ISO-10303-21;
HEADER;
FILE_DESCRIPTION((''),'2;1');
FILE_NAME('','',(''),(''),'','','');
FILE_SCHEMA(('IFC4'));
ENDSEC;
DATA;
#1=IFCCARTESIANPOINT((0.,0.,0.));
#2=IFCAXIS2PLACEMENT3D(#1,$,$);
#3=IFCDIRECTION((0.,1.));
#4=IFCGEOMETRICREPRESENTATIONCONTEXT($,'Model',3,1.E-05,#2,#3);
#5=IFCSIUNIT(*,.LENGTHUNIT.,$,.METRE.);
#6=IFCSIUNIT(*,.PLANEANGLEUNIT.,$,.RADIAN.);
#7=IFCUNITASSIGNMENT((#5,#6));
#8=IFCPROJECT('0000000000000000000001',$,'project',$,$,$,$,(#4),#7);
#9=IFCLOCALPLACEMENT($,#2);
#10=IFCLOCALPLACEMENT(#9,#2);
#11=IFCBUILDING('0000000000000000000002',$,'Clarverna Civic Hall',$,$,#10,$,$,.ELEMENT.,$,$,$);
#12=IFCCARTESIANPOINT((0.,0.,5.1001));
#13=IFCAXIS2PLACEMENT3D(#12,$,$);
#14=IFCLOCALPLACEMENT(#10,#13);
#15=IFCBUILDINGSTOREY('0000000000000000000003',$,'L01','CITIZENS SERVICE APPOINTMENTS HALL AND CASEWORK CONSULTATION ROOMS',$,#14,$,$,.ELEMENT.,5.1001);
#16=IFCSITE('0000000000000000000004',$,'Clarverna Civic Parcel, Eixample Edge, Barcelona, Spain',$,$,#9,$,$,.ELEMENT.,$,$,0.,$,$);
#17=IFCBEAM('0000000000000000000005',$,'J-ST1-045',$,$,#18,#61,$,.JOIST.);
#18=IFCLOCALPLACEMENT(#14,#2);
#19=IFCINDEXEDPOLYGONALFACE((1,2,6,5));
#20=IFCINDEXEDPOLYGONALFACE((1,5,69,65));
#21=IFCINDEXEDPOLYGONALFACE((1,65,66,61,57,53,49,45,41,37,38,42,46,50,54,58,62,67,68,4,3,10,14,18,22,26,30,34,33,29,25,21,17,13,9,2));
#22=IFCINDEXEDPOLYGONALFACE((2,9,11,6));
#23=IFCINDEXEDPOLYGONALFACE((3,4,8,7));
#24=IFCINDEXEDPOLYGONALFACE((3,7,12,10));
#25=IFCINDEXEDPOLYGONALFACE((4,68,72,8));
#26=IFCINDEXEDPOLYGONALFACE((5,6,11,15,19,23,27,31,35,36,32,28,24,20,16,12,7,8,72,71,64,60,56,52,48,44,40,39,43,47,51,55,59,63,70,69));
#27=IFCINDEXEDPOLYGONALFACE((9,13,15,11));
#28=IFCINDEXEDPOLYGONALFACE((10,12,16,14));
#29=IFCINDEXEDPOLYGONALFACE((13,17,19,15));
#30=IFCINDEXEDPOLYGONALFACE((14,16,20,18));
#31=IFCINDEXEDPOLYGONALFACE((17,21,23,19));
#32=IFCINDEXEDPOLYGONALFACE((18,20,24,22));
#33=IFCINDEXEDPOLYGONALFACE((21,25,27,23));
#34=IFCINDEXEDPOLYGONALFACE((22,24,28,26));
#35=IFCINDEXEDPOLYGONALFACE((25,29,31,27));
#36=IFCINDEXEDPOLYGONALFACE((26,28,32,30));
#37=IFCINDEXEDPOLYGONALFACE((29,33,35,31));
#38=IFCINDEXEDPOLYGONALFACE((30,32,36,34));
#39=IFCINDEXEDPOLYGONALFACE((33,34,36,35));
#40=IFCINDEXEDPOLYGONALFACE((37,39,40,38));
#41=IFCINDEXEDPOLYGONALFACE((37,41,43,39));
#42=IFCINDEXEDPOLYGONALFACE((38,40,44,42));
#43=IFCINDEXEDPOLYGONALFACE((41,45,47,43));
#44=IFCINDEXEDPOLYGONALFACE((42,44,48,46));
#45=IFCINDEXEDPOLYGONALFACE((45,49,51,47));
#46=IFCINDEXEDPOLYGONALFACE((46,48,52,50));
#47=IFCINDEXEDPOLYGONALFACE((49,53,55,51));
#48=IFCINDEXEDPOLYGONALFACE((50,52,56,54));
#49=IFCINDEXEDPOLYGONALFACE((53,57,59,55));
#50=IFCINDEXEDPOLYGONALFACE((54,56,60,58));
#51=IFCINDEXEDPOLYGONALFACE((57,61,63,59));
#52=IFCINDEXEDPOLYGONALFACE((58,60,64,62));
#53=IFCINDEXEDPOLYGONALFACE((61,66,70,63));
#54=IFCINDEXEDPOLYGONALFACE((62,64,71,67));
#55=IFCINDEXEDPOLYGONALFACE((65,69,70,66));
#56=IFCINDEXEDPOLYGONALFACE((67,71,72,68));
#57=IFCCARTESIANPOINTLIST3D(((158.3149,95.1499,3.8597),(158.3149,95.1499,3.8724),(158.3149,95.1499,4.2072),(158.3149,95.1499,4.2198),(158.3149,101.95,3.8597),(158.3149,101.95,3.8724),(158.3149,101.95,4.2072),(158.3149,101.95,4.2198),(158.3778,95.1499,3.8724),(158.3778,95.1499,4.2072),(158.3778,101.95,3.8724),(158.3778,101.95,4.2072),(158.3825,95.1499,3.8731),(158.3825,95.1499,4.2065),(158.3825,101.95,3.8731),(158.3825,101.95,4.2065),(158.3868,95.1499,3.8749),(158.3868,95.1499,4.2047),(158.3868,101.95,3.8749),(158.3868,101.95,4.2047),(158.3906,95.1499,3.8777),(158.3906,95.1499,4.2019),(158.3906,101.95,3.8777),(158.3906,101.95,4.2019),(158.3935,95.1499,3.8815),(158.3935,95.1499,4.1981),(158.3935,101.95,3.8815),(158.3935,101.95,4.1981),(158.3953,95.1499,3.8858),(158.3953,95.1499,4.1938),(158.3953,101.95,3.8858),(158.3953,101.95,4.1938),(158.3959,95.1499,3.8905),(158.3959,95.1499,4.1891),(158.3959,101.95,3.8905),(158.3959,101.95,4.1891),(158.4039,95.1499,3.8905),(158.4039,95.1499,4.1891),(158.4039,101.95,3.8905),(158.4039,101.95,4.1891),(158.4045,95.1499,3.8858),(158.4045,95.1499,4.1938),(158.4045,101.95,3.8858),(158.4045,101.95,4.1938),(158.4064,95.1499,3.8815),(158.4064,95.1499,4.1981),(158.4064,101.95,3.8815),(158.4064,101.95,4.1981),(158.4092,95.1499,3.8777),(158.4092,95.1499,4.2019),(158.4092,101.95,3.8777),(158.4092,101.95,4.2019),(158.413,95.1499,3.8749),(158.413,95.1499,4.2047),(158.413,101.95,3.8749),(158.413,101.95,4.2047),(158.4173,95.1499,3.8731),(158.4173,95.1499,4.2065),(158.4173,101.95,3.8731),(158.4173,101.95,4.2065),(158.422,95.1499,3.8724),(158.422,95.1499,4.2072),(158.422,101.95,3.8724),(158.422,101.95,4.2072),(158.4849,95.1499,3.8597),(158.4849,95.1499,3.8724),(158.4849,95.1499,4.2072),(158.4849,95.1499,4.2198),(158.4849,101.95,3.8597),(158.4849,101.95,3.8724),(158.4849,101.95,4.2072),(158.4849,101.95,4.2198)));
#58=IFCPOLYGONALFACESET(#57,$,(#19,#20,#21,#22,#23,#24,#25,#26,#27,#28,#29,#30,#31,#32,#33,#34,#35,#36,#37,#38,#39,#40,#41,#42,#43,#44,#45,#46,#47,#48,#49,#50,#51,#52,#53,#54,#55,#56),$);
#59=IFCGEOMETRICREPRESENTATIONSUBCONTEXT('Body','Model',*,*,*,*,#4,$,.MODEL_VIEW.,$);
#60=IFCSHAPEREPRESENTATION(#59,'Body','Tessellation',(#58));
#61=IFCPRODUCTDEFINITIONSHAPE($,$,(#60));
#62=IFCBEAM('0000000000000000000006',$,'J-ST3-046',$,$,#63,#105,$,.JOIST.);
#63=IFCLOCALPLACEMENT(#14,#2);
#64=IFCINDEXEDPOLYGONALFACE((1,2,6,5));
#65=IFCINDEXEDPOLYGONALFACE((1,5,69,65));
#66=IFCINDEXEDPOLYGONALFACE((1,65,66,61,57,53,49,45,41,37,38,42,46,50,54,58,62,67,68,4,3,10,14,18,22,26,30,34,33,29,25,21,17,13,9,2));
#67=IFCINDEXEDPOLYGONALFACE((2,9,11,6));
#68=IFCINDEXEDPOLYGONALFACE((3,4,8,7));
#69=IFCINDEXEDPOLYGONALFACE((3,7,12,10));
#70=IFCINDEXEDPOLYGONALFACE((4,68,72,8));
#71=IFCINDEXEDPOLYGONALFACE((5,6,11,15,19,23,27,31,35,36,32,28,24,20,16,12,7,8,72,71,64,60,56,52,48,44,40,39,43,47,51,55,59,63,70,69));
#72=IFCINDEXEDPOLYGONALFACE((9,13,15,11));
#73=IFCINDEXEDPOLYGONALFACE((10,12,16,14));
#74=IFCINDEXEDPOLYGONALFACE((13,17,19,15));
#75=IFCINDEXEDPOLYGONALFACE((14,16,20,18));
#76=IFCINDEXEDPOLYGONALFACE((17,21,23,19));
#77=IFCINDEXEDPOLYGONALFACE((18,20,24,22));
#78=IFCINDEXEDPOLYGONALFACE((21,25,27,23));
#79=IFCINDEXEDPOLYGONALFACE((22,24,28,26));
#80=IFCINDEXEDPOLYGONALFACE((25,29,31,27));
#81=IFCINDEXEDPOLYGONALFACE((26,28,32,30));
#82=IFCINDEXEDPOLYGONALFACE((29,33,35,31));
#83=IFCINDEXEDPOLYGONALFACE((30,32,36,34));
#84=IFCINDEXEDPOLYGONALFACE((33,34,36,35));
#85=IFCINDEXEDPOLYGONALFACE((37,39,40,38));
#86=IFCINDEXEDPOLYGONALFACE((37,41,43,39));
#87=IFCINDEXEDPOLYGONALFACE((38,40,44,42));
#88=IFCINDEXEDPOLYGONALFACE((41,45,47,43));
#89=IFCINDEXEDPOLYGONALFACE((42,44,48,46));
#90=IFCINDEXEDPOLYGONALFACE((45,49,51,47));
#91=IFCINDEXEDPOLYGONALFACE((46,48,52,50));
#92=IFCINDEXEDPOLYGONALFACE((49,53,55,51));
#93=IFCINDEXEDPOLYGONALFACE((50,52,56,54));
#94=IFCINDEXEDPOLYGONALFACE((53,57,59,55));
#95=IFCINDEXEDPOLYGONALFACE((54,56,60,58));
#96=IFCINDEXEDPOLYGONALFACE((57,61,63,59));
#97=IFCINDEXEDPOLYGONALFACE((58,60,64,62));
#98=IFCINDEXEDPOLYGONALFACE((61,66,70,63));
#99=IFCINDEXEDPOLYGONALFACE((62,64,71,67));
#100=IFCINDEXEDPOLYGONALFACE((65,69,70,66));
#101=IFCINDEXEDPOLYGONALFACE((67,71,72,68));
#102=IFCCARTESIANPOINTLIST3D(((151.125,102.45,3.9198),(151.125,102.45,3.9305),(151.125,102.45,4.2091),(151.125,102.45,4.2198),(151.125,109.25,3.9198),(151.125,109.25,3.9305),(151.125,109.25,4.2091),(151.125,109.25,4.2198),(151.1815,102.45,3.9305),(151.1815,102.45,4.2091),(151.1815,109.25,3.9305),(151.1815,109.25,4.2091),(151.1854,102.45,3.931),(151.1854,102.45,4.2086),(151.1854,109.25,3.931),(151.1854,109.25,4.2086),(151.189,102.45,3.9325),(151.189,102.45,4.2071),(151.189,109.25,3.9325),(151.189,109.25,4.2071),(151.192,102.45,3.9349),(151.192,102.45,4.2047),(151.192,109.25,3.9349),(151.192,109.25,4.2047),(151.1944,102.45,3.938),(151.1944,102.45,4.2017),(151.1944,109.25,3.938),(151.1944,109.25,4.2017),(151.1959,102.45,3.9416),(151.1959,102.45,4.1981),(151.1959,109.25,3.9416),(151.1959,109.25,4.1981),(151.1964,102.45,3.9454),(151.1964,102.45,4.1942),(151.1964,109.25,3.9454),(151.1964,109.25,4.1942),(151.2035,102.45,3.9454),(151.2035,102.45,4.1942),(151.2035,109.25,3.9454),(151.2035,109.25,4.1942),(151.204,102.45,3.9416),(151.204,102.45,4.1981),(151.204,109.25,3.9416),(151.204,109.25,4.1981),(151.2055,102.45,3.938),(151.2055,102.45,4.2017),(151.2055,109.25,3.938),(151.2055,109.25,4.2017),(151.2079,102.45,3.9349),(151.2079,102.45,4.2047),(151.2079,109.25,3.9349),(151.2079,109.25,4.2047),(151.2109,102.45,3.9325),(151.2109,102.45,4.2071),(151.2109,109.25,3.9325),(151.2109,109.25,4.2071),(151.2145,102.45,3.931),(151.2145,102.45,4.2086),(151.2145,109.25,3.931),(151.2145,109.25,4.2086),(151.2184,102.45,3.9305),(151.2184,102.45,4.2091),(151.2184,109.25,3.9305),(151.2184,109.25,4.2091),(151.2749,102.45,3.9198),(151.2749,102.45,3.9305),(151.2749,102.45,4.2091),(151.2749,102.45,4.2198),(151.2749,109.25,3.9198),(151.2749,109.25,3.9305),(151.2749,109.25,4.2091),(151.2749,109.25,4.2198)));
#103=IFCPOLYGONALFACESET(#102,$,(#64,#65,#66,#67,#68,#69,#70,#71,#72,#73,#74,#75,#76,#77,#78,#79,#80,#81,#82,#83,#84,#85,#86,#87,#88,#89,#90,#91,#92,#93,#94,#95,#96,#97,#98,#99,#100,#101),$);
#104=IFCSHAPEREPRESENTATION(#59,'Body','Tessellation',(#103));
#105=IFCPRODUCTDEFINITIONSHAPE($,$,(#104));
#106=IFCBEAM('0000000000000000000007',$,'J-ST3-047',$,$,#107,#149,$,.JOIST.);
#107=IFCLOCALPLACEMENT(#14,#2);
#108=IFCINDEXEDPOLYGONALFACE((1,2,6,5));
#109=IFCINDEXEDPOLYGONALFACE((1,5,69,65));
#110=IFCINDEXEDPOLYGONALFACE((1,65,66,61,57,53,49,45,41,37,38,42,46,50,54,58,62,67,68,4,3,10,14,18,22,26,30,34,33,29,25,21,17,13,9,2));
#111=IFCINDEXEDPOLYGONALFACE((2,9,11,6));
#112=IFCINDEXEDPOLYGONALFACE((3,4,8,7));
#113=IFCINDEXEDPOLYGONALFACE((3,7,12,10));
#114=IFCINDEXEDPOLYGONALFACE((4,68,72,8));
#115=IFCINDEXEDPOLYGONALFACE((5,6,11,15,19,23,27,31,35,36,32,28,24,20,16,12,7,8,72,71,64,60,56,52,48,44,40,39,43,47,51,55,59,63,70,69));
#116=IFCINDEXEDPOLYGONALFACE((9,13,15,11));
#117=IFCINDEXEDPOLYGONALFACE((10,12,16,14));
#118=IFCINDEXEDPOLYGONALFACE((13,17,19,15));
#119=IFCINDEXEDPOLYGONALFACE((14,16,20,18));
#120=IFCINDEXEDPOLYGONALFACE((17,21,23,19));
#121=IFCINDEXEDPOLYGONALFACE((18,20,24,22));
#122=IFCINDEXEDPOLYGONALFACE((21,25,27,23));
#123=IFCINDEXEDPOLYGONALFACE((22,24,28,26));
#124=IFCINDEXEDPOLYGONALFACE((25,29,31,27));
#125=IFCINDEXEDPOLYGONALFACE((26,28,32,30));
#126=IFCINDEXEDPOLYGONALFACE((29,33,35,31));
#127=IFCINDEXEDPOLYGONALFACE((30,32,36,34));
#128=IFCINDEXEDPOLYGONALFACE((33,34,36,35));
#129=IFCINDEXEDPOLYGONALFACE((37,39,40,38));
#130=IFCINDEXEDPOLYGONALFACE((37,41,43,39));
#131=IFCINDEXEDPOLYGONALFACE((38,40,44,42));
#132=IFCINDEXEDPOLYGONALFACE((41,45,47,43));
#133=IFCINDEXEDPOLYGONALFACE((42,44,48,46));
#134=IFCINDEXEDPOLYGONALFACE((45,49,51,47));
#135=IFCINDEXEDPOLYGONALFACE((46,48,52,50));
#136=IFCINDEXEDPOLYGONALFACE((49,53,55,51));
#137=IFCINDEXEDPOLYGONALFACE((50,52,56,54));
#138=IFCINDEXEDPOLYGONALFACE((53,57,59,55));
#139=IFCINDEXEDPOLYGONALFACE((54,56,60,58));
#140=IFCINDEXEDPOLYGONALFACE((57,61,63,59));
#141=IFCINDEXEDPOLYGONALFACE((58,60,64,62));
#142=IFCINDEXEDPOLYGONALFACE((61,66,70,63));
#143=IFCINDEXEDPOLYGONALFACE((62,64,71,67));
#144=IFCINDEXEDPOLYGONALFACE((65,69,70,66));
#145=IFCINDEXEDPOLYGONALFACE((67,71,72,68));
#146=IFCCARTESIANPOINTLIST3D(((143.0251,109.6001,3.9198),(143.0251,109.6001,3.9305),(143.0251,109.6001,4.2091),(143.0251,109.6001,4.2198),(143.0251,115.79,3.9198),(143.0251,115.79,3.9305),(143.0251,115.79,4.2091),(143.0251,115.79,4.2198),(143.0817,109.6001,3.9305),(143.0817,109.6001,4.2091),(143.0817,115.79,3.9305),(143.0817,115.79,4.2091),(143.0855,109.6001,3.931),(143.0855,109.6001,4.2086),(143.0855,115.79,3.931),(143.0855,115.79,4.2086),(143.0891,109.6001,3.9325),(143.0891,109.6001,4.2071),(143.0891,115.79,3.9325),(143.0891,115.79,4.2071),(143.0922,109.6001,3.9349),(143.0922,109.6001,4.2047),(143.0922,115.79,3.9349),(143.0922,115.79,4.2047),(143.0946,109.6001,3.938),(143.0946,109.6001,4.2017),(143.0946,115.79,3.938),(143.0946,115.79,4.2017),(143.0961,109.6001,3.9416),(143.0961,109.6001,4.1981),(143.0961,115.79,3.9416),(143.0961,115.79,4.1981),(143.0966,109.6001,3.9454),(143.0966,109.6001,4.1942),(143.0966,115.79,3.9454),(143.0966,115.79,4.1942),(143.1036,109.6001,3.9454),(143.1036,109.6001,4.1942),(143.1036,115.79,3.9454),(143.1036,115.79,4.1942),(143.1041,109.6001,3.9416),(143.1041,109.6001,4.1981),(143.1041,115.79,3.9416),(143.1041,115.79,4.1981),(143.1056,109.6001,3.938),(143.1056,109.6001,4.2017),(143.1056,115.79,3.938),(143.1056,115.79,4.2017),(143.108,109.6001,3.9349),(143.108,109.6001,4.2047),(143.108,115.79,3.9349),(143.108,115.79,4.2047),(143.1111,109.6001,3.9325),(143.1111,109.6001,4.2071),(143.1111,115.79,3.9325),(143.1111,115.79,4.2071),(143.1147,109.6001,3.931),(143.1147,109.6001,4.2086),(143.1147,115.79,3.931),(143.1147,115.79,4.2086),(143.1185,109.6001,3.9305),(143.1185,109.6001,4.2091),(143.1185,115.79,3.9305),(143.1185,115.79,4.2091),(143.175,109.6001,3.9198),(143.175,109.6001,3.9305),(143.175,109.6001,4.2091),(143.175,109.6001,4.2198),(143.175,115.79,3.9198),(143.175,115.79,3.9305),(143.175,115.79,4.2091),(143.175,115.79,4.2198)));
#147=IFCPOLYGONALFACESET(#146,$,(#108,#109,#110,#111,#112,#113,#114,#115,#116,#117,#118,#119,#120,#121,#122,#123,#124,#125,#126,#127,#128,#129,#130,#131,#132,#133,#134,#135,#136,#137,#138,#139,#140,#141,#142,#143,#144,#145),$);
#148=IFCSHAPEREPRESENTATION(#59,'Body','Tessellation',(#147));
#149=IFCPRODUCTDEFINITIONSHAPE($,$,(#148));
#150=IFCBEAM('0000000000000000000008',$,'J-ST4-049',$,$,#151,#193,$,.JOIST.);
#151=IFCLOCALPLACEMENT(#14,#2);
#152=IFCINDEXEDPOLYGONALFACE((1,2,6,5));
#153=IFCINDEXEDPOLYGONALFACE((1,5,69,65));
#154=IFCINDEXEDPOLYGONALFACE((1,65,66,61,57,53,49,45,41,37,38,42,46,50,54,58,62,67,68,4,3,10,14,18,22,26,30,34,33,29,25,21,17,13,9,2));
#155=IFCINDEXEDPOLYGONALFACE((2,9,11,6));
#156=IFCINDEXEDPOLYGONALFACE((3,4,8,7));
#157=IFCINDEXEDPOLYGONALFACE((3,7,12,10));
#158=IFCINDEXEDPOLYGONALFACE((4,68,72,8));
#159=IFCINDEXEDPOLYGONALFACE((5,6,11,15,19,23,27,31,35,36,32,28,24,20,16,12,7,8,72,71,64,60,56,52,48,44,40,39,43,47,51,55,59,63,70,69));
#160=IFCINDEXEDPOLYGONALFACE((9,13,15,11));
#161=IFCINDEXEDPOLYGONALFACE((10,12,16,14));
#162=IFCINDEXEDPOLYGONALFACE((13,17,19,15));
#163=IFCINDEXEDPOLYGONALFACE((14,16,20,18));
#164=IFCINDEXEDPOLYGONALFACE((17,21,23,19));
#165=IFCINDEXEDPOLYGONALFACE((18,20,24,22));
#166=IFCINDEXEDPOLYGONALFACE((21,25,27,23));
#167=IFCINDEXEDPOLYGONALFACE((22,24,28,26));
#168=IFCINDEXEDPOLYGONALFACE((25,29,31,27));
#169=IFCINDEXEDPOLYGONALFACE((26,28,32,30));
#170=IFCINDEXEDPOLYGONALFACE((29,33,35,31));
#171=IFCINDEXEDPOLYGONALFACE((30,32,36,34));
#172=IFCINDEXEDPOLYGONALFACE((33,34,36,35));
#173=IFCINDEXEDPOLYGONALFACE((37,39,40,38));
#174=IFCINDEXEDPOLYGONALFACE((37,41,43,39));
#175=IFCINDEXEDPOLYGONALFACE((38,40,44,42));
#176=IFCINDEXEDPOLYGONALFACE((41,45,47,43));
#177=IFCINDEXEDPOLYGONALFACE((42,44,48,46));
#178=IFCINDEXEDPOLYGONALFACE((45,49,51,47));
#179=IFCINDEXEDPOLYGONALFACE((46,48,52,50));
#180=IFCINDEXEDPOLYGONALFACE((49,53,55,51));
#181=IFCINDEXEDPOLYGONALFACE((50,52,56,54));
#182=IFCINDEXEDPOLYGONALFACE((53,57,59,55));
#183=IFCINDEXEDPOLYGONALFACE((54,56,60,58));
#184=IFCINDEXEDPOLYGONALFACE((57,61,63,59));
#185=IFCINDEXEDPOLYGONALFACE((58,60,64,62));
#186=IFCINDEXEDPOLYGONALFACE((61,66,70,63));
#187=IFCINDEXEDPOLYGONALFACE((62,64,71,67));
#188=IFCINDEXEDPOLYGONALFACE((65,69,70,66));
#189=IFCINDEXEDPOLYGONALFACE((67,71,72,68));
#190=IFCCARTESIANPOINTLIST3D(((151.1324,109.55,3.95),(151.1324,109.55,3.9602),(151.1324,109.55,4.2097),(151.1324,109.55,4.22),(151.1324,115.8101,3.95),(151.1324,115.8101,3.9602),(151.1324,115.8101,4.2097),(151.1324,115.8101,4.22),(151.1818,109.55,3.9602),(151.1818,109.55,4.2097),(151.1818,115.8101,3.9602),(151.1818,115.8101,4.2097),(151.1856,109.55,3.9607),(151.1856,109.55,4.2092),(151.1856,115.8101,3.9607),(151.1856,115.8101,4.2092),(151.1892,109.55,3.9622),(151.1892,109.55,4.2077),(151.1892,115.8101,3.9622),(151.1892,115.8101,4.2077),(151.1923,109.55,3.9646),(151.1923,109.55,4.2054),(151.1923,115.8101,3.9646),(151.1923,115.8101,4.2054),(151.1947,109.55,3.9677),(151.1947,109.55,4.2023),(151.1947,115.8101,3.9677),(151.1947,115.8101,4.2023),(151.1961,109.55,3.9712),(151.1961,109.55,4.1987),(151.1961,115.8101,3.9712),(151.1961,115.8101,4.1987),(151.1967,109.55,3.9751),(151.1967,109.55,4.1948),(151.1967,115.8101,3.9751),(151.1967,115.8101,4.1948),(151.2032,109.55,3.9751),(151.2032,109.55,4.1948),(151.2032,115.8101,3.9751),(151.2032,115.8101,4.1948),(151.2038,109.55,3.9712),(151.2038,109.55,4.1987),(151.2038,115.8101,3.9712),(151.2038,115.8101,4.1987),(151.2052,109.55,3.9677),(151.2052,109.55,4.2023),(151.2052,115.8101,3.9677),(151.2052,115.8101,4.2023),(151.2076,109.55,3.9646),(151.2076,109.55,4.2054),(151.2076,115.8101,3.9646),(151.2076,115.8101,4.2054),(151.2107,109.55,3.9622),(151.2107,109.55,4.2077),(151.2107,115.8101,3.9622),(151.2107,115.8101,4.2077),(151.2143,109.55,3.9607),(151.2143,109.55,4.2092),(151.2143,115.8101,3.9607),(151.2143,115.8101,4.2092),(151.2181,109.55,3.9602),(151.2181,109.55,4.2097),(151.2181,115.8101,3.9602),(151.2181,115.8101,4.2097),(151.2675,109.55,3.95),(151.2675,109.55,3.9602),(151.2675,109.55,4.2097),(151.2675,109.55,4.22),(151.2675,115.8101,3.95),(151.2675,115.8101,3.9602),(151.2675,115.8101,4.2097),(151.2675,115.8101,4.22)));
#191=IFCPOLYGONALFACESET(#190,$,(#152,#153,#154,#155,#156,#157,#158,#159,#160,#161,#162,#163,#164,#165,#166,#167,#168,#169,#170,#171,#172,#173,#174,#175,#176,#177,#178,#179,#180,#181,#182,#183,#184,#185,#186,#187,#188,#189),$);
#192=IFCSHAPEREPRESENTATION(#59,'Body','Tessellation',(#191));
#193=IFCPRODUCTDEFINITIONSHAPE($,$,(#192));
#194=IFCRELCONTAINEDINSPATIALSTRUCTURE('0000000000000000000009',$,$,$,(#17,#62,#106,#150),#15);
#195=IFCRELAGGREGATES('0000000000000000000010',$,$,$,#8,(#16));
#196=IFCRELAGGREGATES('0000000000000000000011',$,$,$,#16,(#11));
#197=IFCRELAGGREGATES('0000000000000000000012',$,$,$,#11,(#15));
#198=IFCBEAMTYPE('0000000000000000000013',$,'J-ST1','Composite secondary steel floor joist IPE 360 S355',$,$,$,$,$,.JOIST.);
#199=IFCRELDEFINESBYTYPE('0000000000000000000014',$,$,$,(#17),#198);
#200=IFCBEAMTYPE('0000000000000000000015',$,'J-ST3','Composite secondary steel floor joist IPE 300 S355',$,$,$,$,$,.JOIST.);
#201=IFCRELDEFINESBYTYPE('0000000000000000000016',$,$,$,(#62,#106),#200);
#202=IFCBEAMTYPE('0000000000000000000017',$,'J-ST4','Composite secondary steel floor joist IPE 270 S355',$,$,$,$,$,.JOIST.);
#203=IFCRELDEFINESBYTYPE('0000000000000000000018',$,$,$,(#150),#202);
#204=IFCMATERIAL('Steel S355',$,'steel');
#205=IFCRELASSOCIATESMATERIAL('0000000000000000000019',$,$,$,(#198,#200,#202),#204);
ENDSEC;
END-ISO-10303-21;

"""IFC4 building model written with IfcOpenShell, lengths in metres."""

from ifc_helpers import new_model, si_unit, direction, frame, origin, origin_2d, place, context, subcontext, project, spatial, i_section, extrude, material, material_profile, profile_set, type_object, element, save


model = new_model("IFC4")

# Units and contexts
model_context = context("Model", 3, precision=1e-05, world=origin(), true_north=direction((0.0, 1.0)))
body_context = subcontext(model_context, "Body", "Model", "MODEL_VIEW")
ifc_project = project(units=[si_unit("LENGTHUNIT", "METRE"), si_unit("PLANEANGLEUNIT", "RADIAN")], contexts=[model_context])

# Site, building, storey
site_placement = place(None, origin())
site = spatial("IfcSite", under=ifc_project, at=site_placement, Name="Clarverna Civic Parcel, Eixample Edge, Barcelona, Spain", CompositionType="ELEMENT", RefElevation=0.0)
building_placement = place(site_placement, origin())
building = spatial("IfcBuilding", under=site, at=building_placement, Name="Clarverna Civic Hall", CompositionType="ELEMENT")
storey_placement = place(building_placement, frame((0.0, 0.0, 5.1001)))
storey = spatial("IfcBuildingStorey", under=building, at=storey_placement, Name="L01", Description="CITIZENS SERVICE APPOINTMENTS HALL AND CASEWORK CONSULTATION ROOMS", CompositionType="ELEMENT", Elevation=5.1001)

# Shared definitions
ifc_material_1 = material(Name="Steel S355", Category="steel")

# Beams
ifc_material_profile_1 = material_profile(ifc_material_1, i_section(OverallWidth=0.1699, OverallDepth=0.3601, WebThickness=0.0081, FlangeThickness=0.0127, FilletRadius=0.0181, at=origin_2d()), Name="IPE 360")
ifc_profile_set_1 = profile_set([ifc_material_profile_1], Name="Steel S355")
beam_type_1 = type_object("IfcBeamType", Name="J-ST1", Description="Composite secondary steel floor joist IPE 360 S355", PredefinedType="JOIST", material=ifc_profile_set_1)
beam_1_placement = place(storey_placement, frame((158.3999, 95.1499, 4.0398), z_axis=(0.0, 1.0, 0.0), x_axis=(-1.0, 0.0, 0.0)))
element("IfcBeam", 1, at=beam_1_placement, inside=storey, type_object=beam_type_1, Name="J-ST1-045", PredefinedType="JOIST", context=body_context, shape_type="SweptSolid", body=[
    extrude(i_section(OverallWidth=0.1699, OverallDepth=0.3601, WebThickness=0.0081, FlangeThickness=0.0127, FilletRadius=0.0181, at=origin_2d()), origin(), (0.0, 0.0, 1.0), 6.8),
])
ifc_material_profile_2 = material_profile(ifc_material_1, i_section(OverallWidth=0.1499, OverallDepth=0.3, WebThickness=0.0071, FlangeThickness=0.0107, FilletRadius=0.0149, at=origin_2d()), Name="IPE 300")
ifc_profile_set_2 = profile_set([ifc_material_profile_2], Name="Steel S355")
beam_type_2 = type_object("IfcBeamType", Name="J-ST3", Description="Composite secondary steel floor joist IPE 300 S355", PredefinedType="JOIST", material=ifc_profile_set_2)
beam_2_placement = place(storey_placement, frame((151.2, 102.45, 4.0698), z_axis=(0.0, 1.0, 0.0), x_axis=(-1.0, 0.0, 0.0)))
element("IfcBeam", 2, at=beam_2_placement, inside=storey, type_object=beam_type_2, Name="J-ST3-046", PredefinedType="JOIST", context=body_context, shape_type="SweptSolid", body=[
    extrude(i_section(OverallWidth=0.1499, OverallDepth=0.3, WebThickness=0.0071, FlangeThickness=0.0107, FilletRadius=0.0149, at=origin_2d()), origin(), (0.0, 0.0, 1.0), 6.8),
])
beam_3_placement = place(storey_placement, frame((143.1001, 109.6001, 4.0698), z_axis=(0.0, 1.0, 0.0), x_axis=(-1.0, 0.0, 0.0)))
element("IfcBeam", 3, at=beam_3_placement, inside=storey, type_object=beam_type_2, Name="J-ST3-047", PredefinedType="JOIST", context=body_context, shape_type="SweptSolid", body=[
    extrude(i_section(OverallWidth=0.1499, OverallDepth=0.3, WebThickness=0.0071, FlangeThickness=0.0107, FilletRadius=0.0149, at=origin_2d()), origin(), (0.0, 0.0, 1.0), 6.1899),
])
ifc_material_profile_3 = material_profile(ifc_material_1, i_section(OverallWidth=0.135, OverallDepth=0.27, WebThickness=0.0066, FlangeThickness=0.0103, FilletRadius=0.0149, at=origin_2d()), Name="IPE 270")
ifc_profile_set_3 = profile_set([ifc_material_profile_3], Name="Steel S355")
beam_type_3 = type_object("IfcBeamType", Name="J-ST4", Description="Composite secondary steel floor joist IPE 270 S355", PredefinedType="JOIST", material=ifc_profile_set_3)
beam_4_placement = place(storey_placement, frame((151.2, 109.55, 4.085), z_axis=(0.0, 1.0, 0.0), x_axis=(-1.0, 0.0, 0.0)))
element("IfcBeam", 4, at=beam_4_placement, inside=storey, type_object=beam_type_3, Name="J-ST4-049", PredefinedType="JOIST", context=body_context, shape_type="SweptSolid", body=[
    extrude(i_section(OverallWidth=0.135, OverallDepth=0.27, WebThickness=0.0066, FlangeThickness=0.0103, FilletRadius=0.0149, at=origin_2d()), origin(), (0.0, 0.0, 1.0), 6.26),
])

save(model, "model.ifc")
